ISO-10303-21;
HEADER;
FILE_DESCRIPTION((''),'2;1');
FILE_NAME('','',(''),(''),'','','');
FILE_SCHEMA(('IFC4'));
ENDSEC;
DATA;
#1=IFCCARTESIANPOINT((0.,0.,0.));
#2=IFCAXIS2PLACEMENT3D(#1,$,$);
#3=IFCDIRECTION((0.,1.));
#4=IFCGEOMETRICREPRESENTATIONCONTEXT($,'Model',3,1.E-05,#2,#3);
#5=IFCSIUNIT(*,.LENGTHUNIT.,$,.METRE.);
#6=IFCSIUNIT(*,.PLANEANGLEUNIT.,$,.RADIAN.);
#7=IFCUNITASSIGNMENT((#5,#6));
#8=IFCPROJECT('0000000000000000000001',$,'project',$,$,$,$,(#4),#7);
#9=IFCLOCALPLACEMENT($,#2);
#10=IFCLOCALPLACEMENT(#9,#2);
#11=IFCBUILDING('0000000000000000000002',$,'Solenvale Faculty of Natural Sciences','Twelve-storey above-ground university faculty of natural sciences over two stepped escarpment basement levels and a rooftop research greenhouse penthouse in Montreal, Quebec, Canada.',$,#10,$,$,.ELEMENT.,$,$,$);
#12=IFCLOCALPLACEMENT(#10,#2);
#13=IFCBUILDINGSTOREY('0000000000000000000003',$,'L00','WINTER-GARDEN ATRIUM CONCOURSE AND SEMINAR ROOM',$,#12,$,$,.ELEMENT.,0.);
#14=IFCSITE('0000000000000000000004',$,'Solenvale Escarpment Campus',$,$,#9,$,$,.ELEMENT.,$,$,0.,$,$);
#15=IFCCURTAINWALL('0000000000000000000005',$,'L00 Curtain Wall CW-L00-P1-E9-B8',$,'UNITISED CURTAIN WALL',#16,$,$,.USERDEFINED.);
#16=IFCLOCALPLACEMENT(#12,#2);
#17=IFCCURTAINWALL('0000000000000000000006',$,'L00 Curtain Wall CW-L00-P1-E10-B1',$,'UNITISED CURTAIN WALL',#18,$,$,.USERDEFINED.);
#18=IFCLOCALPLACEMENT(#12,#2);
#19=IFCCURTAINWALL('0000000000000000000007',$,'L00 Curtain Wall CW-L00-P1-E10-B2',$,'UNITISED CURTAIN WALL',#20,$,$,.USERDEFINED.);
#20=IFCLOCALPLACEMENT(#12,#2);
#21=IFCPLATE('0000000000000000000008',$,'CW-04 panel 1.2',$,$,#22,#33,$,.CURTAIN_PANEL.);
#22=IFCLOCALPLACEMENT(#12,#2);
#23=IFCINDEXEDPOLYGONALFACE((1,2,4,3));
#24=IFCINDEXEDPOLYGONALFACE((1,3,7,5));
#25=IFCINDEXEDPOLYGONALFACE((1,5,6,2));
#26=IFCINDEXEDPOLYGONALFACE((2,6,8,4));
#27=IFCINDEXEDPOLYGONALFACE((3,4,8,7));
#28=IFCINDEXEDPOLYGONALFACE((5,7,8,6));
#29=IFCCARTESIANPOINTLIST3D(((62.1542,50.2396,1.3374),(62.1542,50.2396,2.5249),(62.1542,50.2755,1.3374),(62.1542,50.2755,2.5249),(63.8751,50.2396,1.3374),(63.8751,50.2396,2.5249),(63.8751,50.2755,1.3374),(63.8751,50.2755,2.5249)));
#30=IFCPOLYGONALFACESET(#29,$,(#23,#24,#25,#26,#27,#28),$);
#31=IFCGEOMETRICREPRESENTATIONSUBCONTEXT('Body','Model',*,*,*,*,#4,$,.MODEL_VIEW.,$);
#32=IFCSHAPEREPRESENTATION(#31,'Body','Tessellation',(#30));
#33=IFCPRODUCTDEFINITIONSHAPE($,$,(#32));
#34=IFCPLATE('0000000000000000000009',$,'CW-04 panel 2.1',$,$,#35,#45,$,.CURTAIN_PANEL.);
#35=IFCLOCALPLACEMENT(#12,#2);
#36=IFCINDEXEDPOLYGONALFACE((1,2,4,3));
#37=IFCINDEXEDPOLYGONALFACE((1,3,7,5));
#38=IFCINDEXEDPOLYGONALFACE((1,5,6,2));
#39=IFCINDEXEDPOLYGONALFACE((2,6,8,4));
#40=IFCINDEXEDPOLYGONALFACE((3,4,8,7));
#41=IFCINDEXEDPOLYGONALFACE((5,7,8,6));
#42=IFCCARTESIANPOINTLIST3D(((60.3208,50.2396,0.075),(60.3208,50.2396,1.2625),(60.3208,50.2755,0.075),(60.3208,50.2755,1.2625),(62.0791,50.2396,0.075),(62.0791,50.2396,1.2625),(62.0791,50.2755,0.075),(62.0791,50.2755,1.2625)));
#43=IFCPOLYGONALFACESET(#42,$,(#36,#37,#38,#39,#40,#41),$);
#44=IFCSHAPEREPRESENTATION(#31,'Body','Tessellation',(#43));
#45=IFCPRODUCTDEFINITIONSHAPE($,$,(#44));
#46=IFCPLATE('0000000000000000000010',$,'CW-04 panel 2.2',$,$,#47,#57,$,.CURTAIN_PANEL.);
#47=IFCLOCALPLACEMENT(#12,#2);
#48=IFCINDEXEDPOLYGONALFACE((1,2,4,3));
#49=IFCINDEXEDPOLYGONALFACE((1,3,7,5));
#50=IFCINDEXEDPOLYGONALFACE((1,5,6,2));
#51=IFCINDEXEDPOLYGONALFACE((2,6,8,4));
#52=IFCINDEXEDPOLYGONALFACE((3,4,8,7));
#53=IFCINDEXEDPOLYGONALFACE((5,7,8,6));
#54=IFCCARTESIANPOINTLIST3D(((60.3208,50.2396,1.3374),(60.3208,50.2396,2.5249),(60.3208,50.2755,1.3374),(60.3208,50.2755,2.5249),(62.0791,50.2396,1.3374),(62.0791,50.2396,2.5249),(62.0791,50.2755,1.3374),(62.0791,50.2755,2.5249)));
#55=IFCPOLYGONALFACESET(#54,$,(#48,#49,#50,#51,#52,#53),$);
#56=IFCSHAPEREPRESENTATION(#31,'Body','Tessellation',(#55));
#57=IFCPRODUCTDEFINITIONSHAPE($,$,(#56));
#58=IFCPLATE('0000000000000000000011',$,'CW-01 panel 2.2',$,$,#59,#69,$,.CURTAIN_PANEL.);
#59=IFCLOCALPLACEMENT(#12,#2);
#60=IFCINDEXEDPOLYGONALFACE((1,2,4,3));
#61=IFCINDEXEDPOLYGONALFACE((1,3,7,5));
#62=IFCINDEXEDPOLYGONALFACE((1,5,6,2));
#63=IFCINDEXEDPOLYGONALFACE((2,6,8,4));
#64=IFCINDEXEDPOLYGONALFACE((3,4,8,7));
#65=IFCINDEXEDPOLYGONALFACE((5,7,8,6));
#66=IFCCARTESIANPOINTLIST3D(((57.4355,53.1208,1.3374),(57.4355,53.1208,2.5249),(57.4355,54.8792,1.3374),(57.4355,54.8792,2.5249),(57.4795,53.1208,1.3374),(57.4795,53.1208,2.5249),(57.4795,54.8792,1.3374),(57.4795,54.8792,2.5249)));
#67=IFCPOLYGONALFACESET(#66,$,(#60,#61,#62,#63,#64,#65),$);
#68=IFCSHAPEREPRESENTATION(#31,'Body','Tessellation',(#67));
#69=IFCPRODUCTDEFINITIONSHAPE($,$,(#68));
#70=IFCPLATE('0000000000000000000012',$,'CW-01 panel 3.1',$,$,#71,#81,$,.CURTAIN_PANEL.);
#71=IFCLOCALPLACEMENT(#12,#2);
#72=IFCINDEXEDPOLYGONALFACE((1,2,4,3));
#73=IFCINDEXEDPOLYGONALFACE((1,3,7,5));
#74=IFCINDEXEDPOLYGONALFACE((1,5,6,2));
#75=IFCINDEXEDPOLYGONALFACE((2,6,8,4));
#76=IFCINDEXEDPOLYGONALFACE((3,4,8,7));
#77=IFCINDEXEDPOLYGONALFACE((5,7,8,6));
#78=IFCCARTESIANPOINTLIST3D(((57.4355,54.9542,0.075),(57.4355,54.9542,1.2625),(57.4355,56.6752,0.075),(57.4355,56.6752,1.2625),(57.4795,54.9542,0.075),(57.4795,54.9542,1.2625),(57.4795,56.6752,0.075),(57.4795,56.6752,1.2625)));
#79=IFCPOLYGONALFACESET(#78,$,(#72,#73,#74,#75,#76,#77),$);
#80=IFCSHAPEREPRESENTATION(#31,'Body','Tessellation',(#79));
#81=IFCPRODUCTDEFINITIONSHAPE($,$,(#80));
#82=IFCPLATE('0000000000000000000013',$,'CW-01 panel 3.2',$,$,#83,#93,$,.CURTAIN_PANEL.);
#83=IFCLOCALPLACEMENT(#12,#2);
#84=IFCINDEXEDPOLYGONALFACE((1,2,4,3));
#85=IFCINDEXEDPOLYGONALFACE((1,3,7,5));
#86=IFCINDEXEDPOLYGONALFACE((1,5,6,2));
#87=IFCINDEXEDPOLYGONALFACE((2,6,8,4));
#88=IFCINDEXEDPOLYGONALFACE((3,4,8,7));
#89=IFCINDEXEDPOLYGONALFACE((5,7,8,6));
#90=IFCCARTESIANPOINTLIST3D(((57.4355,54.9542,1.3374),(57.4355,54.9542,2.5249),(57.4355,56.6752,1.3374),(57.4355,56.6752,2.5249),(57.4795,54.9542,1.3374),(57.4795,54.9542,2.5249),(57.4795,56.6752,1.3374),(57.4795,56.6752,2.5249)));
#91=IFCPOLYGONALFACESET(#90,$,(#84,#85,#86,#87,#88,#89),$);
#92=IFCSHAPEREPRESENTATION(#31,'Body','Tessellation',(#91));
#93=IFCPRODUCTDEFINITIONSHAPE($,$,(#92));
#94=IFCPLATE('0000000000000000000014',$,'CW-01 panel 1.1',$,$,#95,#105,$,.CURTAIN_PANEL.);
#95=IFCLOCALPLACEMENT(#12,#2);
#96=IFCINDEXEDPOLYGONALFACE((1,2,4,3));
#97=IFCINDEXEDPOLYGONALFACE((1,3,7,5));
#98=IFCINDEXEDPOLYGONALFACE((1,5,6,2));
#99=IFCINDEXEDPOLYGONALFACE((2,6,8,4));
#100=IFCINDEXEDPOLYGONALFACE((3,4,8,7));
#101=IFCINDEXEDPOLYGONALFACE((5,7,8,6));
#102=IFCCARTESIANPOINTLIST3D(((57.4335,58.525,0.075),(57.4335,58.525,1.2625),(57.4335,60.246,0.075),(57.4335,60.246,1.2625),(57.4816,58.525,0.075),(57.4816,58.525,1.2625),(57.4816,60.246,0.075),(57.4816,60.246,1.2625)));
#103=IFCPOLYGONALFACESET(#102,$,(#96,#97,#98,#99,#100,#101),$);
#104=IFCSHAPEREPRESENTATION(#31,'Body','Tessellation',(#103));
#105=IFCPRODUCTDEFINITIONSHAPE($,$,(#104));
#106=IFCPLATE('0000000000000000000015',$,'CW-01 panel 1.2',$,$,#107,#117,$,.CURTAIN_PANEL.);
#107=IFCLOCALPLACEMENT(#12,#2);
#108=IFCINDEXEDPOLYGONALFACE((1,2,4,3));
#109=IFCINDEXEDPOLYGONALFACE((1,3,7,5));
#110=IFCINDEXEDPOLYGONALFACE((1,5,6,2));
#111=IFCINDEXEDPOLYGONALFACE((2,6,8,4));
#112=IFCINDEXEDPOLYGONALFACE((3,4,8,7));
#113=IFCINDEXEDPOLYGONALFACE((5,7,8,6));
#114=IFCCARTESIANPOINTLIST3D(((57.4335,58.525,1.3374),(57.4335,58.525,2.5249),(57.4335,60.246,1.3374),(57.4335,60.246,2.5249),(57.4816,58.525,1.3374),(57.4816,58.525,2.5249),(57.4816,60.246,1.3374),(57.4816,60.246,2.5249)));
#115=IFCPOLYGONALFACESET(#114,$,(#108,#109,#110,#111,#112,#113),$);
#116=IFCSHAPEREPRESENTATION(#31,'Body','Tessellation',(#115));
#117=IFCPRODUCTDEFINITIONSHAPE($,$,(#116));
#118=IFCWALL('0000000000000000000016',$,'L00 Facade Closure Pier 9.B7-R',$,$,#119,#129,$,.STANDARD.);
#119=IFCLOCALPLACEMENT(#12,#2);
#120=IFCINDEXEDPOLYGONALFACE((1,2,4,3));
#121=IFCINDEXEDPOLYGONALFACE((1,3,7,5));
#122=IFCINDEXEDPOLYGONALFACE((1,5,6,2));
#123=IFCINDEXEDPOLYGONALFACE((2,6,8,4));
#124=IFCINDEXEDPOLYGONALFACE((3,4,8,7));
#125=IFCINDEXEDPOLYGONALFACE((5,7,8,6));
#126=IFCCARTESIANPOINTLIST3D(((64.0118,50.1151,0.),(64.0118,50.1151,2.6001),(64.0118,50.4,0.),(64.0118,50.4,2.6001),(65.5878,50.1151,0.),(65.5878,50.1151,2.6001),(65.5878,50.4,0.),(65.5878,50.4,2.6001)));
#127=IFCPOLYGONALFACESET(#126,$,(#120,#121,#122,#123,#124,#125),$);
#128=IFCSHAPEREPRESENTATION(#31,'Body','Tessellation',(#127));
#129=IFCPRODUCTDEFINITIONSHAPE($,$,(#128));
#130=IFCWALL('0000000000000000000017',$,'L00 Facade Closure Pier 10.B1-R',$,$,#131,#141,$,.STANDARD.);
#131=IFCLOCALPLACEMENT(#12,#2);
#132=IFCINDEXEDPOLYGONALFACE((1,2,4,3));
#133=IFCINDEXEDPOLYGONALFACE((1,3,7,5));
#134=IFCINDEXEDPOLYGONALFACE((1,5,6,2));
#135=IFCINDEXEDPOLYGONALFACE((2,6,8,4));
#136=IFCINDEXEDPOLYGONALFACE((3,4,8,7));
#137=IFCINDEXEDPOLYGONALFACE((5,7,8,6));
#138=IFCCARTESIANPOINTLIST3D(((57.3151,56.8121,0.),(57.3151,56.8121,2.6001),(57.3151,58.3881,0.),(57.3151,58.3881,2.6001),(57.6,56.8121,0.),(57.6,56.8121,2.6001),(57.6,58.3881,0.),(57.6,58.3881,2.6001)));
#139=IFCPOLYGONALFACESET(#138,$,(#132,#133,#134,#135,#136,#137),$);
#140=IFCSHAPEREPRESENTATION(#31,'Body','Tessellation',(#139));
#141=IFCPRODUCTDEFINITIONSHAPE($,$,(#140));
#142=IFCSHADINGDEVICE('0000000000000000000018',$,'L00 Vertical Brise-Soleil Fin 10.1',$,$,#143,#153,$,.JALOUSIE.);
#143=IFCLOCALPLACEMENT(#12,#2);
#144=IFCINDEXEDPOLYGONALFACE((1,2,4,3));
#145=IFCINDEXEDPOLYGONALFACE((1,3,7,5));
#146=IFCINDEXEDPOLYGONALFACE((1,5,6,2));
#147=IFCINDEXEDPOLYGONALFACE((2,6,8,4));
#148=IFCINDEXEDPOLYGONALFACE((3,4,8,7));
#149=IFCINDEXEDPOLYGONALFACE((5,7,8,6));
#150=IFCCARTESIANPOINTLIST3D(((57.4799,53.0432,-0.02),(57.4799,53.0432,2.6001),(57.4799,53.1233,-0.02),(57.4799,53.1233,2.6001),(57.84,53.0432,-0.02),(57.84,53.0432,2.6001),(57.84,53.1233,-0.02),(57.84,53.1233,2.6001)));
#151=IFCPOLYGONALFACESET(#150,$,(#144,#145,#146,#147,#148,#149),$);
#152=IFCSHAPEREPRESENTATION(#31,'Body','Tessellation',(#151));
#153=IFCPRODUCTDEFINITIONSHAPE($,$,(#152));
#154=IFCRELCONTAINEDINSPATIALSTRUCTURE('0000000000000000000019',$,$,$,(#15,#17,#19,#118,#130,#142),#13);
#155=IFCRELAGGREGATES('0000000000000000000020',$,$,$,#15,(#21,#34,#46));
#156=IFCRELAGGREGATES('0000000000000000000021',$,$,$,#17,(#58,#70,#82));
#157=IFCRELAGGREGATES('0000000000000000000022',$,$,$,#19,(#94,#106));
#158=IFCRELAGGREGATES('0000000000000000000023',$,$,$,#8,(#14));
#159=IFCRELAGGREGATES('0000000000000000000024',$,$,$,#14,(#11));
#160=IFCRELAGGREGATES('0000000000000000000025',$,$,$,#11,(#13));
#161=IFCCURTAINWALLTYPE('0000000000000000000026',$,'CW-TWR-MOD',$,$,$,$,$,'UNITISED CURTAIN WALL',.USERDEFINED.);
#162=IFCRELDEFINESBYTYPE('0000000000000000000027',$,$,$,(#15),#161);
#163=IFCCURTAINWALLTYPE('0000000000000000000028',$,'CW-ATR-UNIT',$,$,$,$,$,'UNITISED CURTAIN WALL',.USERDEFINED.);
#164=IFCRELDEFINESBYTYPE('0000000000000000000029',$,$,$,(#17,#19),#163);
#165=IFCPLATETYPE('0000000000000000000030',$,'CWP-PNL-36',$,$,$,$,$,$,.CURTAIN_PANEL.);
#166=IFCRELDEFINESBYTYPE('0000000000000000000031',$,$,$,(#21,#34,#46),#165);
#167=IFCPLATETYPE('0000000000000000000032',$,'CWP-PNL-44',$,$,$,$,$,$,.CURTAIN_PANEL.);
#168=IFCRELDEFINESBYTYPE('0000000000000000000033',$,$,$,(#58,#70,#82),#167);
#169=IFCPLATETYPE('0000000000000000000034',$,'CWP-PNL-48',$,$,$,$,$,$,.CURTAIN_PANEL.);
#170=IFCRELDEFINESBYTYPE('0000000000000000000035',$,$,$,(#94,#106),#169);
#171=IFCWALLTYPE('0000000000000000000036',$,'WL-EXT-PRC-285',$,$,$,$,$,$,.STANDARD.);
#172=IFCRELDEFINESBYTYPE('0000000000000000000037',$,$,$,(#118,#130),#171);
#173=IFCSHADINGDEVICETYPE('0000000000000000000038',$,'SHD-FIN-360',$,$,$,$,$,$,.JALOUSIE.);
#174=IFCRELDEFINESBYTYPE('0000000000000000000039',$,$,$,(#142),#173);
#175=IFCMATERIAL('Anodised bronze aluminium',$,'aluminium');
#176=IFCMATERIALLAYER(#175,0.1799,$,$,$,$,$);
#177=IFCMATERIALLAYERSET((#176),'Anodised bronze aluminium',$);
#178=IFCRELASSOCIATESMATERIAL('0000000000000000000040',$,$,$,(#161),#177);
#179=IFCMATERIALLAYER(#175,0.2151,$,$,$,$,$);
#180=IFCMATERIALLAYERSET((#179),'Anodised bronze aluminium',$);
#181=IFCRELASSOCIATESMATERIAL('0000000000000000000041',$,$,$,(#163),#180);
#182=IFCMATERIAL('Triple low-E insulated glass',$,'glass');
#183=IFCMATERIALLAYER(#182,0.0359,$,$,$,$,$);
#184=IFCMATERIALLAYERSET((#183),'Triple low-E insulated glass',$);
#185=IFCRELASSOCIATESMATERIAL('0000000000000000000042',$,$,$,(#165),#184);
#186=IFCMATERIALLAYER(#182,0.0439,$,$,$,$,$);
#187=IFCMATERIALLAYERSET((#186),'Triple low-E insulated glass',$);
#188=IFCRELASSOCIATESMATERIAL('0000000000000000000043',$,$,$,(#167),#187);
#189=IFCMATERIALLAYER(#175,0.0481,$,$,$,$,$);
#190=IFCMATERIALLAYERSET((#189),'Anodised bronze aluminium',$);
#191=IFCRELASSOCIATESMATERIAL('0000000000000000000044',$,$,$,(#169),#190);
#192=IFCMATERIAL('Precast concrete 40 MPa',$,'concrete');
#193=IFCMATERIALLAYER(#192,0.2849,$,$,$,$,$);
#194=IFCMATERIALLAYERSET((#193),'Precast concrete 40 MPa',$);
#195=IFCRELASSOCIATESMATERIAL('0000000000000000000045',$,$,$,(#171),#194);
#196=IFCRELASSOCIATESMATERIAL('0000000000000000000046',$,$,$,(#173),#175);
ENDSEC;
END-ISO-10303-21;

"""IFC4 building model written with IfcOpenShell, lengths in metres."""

from ifc_helpers import new_model, si_unit, direction, frame, frame_2d, origin, origin_2d, place, context, subcontext, project, spatial, rectangle, extrude, material, layer, layer_set, material_profile, profile_set, type_object, element, aggregate, save


model = new_model("IFC4")

# Units and contexts
model_context = context("Model", 3, precision=1e-05, world=origin(), true_north=direction((0.0, 1.0)))
body_context = subcontext(model_context, "Body", "Model", "MODEL_VIEW")
ifc_project = project(units=[si_unit("LENGTHUNIT", "METRE"), si_unit("PLANEANGLEUNIT", "RADIAN")], contexts=[model_context])

# Site, building, storey
site_placement = place(None, origin())
site = spatial("IfcSite", under=ifc_project, at=site_placement, Name="Solenvale Escarpment Campus", CompositionType="ELEMENT", RefElevation=0.0)
building_placement = place(site_placement, origin())
building = spatial("IfcBuilding", under=site, at=building_placement, Name="Solenvale Faculty of Natural Sciences", Description="Twelve-storey above-ground university faculty of natural sciences over two stepped escarpment basement levels and a rooftop research greenhouse penthouse in Montreal, Quebec, Canada.", CompositionType="ELEMENT")
storey_placement = place(building_placement, origin())
storey = spatial("IfcBuildingStorey", under=building, at=storey_placement, Name="L00", Description="WINTER-GARDEN ATRIUM CONCOURSE AND SEMINAR ROOM", CompositionType="ELEMENT", Elevation=0.0)

# Shared definitions
ifc_material_1 = material(Name="Anodised bronze aluminium", Category="aluminium")
ifc_layer_1 = layer(ifc_material_1, 0.1799)
ifc_layer_set_1 = layer_set([ifc_layer_1], Name="Anodised bronze aluminium")
curtain_wall_type_1 = type_object("IfcCurtainWallType", Name="CW-TWR-MOD", ElementType="UNITISED CURTAIN WALL", PredefinedType="USERDEFINED", material=ifc_layer_set_1)

# Curtain walls
curtain_wall_1_placement = place(storey_placement, origin())
curtain_wall_1 = element("IfcCurtainWall", 1, at=curtain_wall_1_placement, inside=storey, type_object=curtain_wall_type_1, Name="L00 Curtain Wall CW-L00-P1-E9-B8", ObjectType="UNITISED CURTAIN WALL", PredefinedType="USERDEFINED")
ifc_layer_2 = layer(ifc_material_1, 0.2151)
ifc_layer_set_2 = layer_set([ifc_layer_2], Name="Anodised bronze aluminium")
curtain_wall_type_2 = type_object("IfcCurtainWallType", Name="CW-ATR-UNIT", ElementType="UNITISED CURTAIN WALL", PredefinedType="USERDEFINED", material=ifc_layer_set_2)
curtain_wall_2_placement = place(storey_placement, origin())
curtain_wall_2 = element("IfcCurtainWall", 2, at=curtain_wall_2_placement, inside=storey, type_object=curtain_wall_type_2, Name="L00 Curtain Wall CW-L00-P1-E10-B1", ObjectType="UNITISED CURTAIN WALL", PredefinedType="USERDEFINED")

# Curtain wall
curtain_wall_3_placement = place(storey_placement, origin())
curtain_wall_3 = element("IfcCurtainWall", 3, at=curtain_wall_3_placement, inside=storey, type_object=curtain_wall_type_2, Name="L00 Curtain Wall CW-L00-P1-E10-B2", ObjectType="UNITISED CURTAIN WALL", PredefinedType="USERDEFINED")

# Plates
ifc_material_2 = material(Name="Triple low-E insulated glass", Category="glass")
ifc_layer_3 = layer(ifc_material_2, 0.0359)
ifc_layer_set_3 = layer_set([ifc_layer_3], Name="Triple low-E insulated glass")
plate_type_1 = type_object("IfcPlateType", Name="CWP-PNL-36", PredefinedType="CURTAIN_PANEL", material=ifc_layer_set_3)
plate_1_placement = place(storey_placement, frame((63.0146, 50.2576, 1.3374), z_axis=(0.0, 0.0, 1.0), x_axis=(-1.0, 0.0, 0.0)))
plate_1 = element("IfcPlate", 4, at=plate_1_placement, type_object=plate_type_1, Name="CW-04 panel 1.2", PredefinedType="CURTAIN_PANEL", context=body_context, shape_type="SweptSolid", body=[
    extrude(rectangle(XDim=1.7209, YDim=0.0359, at=origin_2d()), origin(), (0.0, 0.0, 1.0), 1.1875),
])
plate_2_placement = place(storey_placement, frame((61.2, 50.2576, 0.075), z_axis=(0.0, 0.0, 1.0), x_axis=(-1.0, 0.0, 0.0)))
plate_2 = element("IfcPlate", 5, at=plate_2_placement, type_object=plate_type_1, Name="CW-04 panel 2.1", PredefinedType="CURTAIN_PANEL", context=body_context, shape_type="SweptSolid", body=[
    extrude(rectangle(XDim=1.7583, YDim=0.0359, at=origin_2d()), origin(), (0.0, 0.0, 1.0), 1.1875),
])
plate_3_placement = place(storey_placement, frame((61.2, 50.2576, 1.3374), z_axis=(0.0, 0.0, 1.0), x_axis=(-1.0, 0.0, 0.0)))
plate_3 = element("IfcPlate", 6, at=plate_3_placement, type_object=plate_type_1, Name="CW-04 panel 2.2", PredefinedType="CURTAIN_PANEL", context=body_context, shape_type="SweptSolid", body=[
    extrude(rectangle(XDim=1.7583, YDim=0.0359, at=origin_2d()), origin(), (0.0, 0.0, 1.0), 1.1875),
])
aggregate(curtain_wall_1, [plate_1, plate_2, plate_3])
ifc_layer_4 = layer(ifc_material_2, 0.0439)
ifc_layer_set_4 = layer_set([ifc_layer_4], Name="Triple low-E insulated glass")
plate_type_2 = type_object("IfcPlateType", Name="CWP-PNL-44", PredefinedType="CURTAIN_PANEL", material=ifc_layer_set_4)
plate_4_placement = place(storey_placement, frame((57.4575, 54.0, 1.3374), z_axis=(0.0, 0.0, 1.0), x_axis=(0.0, 1.0, 0.0)))
plate_4 = element("IfcPlate", 7, at=plate_4_placement, type_object=plate_type_2, Name="CW-01 panel 2.2", PredefinedType="CURTAIN_PANEL", context=body_context, shape_type="SweptSolid", body=[
    extrude(rectangle(XDim=1.7583, YDim=0.0439, at=origin_2d()), origin(), (0.0, 0.0, 1.0), 1.1875),
])
plate_5_placement = place(storey_placement, frame((57.4575, 55.8147, 0.075), z_axis=(0.0, 0.0, 1.0), x_axis=(0.0, 1.0, 0.0)))
plate_5 = element("IfcPlate", 8, at=plate_5_placement, type_object=plate_type_2, Name="CW-01 panel 3.1", PredefinedType="CURTAIN_PANEL", context=body_context, shape_type="SweptSolid", body=[
    extrude(rectangle(XDim=1.7209, YDim=0.0439, at=origin_2d()), origin(), (0.0, 0.0, 1.0), 1.1875),
])
plate_6_placement = place(storey_placement, frame((57.4575, 55.8147, 1.3374), z_axis=(0.0, 0.0, 1.0), x_axis=(0.0, 1.0, 0.0)))
plate_6 = element("IfcPlate", 9, at=plate_6_placement, type_object=plate_type_2, Name="CW-01 panel 3.2", PredefinedType="CURTAIN_PANEL", context=body_context, shape_type="SweptSolid", body=[
    extrude(rectangle(XDim=1.7209, YDim=0.0439, at=origin_2d()), origin(), (0.0, 0.0, 1.0), 1.1875),
])
aggregate(curtain_wall_2, [plate_4, plate_5, plate_6])
ifc_layer_5 = layer(ifc_material_1, 0.0481)
ifc_layer_set_5 = layer_set([ifc_layer_5], Name="Anodised bronze aluminium")
plate_type_3 = type_object("IfcPlateType", Name="CWP-PNL-48", PredefinedType="CURTAIN_PANEL", material=ifc_layer_set_5)
plate_7_placement = place(storey_placement, frame((57.4575, 59.3855, 0.075), z_axis=(0.0, 0.0, 1.0), x_axis=(0.0, 1.0, 0.0)))
plate_7 = element("IfcPlate", 10, at=plate_7_placement, type_object=plate_type_3, Name="CW-01 panel 1.1", PredefinedType="CURTAIN_PANEL", context=body_context, shape_type="SweptSolid", body=[
    extrude(rectangle(XDim=1.7209, YDim=0.0481, at=origin_2d()), origin(), (0.0, 0.0, 1.0), 1.1875),
])
plate_8_placement = place(storey_placement, frame((57.4575, 59.3855, 1.3374), z_axis=(0.0, 0.0, 1.0), x_axis=(0.0, 1.0, 0.0)))
plate_8 = element("IfcPlate", 11, at=plate_8_placement, type_object=plate_type_3, Name="CW-01 panel 1.2", PredefinedType="CURTAIN_PANEL", context=body_context, shape_type="SweptSolid", body=[
    extrude(rectangle(XDim=1.7209, YDim=0.0481, at=origin_2d()), origin(), (0.0, 0.0, 1.0), 1.1875),
])
aggregate(curtain_wall_3, [plate_7, plate_8])

# Walls
ifc_material_3 = material(Name="Precast concrete 40 MPa", Category="concrete")
ifc_layer_6 = layer(ifc_material_3, 0.2849)
ifc_layer_set_6 = layer_set([ifc_layer_6], Name="Precast concrete 40 MPa")
wall_type = type_object("IfcWallType", Name="WL-EXT-PRC-285", PredefinedType="STANDARD", material=ifc_layer_set_6)
for number, where, z_axis, x_axis, name in (
    (12, (65.5879, 50.2576, 0.0), (0.0, 0.0, 1.0), (-1.0, 0.0, 0.0), "L00 Facade Closure Pier 9.B7-R"),
    (13, (57.4575, 56.812, 0.0), (0.0, 0.0, 1.0), (0.0, 1.0, 0.0), "L00 Facade Closure Pier 10.B1-R"),
):
    element("IfcWall", number, at=place(storey_placement, frame(where, z_axis=z_axis, x_axis=x_axis)), inside=storey, type_object=wall_type, Name=name, PredefinedType="STANDARD", context=body_context, shape_type="SweptSolid", body=[
        extrude(rectangle(XDim=1.5759, YDim=0.2849, at=frame_2d((0.7881, 0.0))), origin(), (0.0, 0.0, 1.0), 2.6001),
    ])

# Shading device
ifc_material_profile_1 = material_profile(ifc_material_1, rectangle(XDim=0.0801, YDim=0.3601, at=origin_2d()), Name="ALU-FIN-80x360")
ifc_profile_set_1 = profile_set([ifc_material_profile_1], Name="Anodised bronze aluminium")
shading_device_type = type_object("IfcShadingDeviceType", Name="SHD-FIN-360", PredefinedType="JALOUSIE", material=ifc_profile_set_1)
shading_device_placement = place(storey_placement, frame((57.6599, 53.0833, -0.02), z_axis=(0.0, 0.0, 1.0), x_axis=(0.0, 1.0, 0.0)))
element("IfcShadingDevice", 14, at=shading_device_placement, inside=storey, type_object=shading_device_type, Name="L00 Vertical Brise-Soleil Fin 10.1", PredefinedType="JALOUSIE", context=body_context, shape_type="SweptSolid", body=[
    extrude(rectangle(XDim=0.0801, YDim=0.3601, at=origin_2d()), origin(), (0.0, 0.0, 1.0), 2.6201),
])

save(model, "model.ifc")
